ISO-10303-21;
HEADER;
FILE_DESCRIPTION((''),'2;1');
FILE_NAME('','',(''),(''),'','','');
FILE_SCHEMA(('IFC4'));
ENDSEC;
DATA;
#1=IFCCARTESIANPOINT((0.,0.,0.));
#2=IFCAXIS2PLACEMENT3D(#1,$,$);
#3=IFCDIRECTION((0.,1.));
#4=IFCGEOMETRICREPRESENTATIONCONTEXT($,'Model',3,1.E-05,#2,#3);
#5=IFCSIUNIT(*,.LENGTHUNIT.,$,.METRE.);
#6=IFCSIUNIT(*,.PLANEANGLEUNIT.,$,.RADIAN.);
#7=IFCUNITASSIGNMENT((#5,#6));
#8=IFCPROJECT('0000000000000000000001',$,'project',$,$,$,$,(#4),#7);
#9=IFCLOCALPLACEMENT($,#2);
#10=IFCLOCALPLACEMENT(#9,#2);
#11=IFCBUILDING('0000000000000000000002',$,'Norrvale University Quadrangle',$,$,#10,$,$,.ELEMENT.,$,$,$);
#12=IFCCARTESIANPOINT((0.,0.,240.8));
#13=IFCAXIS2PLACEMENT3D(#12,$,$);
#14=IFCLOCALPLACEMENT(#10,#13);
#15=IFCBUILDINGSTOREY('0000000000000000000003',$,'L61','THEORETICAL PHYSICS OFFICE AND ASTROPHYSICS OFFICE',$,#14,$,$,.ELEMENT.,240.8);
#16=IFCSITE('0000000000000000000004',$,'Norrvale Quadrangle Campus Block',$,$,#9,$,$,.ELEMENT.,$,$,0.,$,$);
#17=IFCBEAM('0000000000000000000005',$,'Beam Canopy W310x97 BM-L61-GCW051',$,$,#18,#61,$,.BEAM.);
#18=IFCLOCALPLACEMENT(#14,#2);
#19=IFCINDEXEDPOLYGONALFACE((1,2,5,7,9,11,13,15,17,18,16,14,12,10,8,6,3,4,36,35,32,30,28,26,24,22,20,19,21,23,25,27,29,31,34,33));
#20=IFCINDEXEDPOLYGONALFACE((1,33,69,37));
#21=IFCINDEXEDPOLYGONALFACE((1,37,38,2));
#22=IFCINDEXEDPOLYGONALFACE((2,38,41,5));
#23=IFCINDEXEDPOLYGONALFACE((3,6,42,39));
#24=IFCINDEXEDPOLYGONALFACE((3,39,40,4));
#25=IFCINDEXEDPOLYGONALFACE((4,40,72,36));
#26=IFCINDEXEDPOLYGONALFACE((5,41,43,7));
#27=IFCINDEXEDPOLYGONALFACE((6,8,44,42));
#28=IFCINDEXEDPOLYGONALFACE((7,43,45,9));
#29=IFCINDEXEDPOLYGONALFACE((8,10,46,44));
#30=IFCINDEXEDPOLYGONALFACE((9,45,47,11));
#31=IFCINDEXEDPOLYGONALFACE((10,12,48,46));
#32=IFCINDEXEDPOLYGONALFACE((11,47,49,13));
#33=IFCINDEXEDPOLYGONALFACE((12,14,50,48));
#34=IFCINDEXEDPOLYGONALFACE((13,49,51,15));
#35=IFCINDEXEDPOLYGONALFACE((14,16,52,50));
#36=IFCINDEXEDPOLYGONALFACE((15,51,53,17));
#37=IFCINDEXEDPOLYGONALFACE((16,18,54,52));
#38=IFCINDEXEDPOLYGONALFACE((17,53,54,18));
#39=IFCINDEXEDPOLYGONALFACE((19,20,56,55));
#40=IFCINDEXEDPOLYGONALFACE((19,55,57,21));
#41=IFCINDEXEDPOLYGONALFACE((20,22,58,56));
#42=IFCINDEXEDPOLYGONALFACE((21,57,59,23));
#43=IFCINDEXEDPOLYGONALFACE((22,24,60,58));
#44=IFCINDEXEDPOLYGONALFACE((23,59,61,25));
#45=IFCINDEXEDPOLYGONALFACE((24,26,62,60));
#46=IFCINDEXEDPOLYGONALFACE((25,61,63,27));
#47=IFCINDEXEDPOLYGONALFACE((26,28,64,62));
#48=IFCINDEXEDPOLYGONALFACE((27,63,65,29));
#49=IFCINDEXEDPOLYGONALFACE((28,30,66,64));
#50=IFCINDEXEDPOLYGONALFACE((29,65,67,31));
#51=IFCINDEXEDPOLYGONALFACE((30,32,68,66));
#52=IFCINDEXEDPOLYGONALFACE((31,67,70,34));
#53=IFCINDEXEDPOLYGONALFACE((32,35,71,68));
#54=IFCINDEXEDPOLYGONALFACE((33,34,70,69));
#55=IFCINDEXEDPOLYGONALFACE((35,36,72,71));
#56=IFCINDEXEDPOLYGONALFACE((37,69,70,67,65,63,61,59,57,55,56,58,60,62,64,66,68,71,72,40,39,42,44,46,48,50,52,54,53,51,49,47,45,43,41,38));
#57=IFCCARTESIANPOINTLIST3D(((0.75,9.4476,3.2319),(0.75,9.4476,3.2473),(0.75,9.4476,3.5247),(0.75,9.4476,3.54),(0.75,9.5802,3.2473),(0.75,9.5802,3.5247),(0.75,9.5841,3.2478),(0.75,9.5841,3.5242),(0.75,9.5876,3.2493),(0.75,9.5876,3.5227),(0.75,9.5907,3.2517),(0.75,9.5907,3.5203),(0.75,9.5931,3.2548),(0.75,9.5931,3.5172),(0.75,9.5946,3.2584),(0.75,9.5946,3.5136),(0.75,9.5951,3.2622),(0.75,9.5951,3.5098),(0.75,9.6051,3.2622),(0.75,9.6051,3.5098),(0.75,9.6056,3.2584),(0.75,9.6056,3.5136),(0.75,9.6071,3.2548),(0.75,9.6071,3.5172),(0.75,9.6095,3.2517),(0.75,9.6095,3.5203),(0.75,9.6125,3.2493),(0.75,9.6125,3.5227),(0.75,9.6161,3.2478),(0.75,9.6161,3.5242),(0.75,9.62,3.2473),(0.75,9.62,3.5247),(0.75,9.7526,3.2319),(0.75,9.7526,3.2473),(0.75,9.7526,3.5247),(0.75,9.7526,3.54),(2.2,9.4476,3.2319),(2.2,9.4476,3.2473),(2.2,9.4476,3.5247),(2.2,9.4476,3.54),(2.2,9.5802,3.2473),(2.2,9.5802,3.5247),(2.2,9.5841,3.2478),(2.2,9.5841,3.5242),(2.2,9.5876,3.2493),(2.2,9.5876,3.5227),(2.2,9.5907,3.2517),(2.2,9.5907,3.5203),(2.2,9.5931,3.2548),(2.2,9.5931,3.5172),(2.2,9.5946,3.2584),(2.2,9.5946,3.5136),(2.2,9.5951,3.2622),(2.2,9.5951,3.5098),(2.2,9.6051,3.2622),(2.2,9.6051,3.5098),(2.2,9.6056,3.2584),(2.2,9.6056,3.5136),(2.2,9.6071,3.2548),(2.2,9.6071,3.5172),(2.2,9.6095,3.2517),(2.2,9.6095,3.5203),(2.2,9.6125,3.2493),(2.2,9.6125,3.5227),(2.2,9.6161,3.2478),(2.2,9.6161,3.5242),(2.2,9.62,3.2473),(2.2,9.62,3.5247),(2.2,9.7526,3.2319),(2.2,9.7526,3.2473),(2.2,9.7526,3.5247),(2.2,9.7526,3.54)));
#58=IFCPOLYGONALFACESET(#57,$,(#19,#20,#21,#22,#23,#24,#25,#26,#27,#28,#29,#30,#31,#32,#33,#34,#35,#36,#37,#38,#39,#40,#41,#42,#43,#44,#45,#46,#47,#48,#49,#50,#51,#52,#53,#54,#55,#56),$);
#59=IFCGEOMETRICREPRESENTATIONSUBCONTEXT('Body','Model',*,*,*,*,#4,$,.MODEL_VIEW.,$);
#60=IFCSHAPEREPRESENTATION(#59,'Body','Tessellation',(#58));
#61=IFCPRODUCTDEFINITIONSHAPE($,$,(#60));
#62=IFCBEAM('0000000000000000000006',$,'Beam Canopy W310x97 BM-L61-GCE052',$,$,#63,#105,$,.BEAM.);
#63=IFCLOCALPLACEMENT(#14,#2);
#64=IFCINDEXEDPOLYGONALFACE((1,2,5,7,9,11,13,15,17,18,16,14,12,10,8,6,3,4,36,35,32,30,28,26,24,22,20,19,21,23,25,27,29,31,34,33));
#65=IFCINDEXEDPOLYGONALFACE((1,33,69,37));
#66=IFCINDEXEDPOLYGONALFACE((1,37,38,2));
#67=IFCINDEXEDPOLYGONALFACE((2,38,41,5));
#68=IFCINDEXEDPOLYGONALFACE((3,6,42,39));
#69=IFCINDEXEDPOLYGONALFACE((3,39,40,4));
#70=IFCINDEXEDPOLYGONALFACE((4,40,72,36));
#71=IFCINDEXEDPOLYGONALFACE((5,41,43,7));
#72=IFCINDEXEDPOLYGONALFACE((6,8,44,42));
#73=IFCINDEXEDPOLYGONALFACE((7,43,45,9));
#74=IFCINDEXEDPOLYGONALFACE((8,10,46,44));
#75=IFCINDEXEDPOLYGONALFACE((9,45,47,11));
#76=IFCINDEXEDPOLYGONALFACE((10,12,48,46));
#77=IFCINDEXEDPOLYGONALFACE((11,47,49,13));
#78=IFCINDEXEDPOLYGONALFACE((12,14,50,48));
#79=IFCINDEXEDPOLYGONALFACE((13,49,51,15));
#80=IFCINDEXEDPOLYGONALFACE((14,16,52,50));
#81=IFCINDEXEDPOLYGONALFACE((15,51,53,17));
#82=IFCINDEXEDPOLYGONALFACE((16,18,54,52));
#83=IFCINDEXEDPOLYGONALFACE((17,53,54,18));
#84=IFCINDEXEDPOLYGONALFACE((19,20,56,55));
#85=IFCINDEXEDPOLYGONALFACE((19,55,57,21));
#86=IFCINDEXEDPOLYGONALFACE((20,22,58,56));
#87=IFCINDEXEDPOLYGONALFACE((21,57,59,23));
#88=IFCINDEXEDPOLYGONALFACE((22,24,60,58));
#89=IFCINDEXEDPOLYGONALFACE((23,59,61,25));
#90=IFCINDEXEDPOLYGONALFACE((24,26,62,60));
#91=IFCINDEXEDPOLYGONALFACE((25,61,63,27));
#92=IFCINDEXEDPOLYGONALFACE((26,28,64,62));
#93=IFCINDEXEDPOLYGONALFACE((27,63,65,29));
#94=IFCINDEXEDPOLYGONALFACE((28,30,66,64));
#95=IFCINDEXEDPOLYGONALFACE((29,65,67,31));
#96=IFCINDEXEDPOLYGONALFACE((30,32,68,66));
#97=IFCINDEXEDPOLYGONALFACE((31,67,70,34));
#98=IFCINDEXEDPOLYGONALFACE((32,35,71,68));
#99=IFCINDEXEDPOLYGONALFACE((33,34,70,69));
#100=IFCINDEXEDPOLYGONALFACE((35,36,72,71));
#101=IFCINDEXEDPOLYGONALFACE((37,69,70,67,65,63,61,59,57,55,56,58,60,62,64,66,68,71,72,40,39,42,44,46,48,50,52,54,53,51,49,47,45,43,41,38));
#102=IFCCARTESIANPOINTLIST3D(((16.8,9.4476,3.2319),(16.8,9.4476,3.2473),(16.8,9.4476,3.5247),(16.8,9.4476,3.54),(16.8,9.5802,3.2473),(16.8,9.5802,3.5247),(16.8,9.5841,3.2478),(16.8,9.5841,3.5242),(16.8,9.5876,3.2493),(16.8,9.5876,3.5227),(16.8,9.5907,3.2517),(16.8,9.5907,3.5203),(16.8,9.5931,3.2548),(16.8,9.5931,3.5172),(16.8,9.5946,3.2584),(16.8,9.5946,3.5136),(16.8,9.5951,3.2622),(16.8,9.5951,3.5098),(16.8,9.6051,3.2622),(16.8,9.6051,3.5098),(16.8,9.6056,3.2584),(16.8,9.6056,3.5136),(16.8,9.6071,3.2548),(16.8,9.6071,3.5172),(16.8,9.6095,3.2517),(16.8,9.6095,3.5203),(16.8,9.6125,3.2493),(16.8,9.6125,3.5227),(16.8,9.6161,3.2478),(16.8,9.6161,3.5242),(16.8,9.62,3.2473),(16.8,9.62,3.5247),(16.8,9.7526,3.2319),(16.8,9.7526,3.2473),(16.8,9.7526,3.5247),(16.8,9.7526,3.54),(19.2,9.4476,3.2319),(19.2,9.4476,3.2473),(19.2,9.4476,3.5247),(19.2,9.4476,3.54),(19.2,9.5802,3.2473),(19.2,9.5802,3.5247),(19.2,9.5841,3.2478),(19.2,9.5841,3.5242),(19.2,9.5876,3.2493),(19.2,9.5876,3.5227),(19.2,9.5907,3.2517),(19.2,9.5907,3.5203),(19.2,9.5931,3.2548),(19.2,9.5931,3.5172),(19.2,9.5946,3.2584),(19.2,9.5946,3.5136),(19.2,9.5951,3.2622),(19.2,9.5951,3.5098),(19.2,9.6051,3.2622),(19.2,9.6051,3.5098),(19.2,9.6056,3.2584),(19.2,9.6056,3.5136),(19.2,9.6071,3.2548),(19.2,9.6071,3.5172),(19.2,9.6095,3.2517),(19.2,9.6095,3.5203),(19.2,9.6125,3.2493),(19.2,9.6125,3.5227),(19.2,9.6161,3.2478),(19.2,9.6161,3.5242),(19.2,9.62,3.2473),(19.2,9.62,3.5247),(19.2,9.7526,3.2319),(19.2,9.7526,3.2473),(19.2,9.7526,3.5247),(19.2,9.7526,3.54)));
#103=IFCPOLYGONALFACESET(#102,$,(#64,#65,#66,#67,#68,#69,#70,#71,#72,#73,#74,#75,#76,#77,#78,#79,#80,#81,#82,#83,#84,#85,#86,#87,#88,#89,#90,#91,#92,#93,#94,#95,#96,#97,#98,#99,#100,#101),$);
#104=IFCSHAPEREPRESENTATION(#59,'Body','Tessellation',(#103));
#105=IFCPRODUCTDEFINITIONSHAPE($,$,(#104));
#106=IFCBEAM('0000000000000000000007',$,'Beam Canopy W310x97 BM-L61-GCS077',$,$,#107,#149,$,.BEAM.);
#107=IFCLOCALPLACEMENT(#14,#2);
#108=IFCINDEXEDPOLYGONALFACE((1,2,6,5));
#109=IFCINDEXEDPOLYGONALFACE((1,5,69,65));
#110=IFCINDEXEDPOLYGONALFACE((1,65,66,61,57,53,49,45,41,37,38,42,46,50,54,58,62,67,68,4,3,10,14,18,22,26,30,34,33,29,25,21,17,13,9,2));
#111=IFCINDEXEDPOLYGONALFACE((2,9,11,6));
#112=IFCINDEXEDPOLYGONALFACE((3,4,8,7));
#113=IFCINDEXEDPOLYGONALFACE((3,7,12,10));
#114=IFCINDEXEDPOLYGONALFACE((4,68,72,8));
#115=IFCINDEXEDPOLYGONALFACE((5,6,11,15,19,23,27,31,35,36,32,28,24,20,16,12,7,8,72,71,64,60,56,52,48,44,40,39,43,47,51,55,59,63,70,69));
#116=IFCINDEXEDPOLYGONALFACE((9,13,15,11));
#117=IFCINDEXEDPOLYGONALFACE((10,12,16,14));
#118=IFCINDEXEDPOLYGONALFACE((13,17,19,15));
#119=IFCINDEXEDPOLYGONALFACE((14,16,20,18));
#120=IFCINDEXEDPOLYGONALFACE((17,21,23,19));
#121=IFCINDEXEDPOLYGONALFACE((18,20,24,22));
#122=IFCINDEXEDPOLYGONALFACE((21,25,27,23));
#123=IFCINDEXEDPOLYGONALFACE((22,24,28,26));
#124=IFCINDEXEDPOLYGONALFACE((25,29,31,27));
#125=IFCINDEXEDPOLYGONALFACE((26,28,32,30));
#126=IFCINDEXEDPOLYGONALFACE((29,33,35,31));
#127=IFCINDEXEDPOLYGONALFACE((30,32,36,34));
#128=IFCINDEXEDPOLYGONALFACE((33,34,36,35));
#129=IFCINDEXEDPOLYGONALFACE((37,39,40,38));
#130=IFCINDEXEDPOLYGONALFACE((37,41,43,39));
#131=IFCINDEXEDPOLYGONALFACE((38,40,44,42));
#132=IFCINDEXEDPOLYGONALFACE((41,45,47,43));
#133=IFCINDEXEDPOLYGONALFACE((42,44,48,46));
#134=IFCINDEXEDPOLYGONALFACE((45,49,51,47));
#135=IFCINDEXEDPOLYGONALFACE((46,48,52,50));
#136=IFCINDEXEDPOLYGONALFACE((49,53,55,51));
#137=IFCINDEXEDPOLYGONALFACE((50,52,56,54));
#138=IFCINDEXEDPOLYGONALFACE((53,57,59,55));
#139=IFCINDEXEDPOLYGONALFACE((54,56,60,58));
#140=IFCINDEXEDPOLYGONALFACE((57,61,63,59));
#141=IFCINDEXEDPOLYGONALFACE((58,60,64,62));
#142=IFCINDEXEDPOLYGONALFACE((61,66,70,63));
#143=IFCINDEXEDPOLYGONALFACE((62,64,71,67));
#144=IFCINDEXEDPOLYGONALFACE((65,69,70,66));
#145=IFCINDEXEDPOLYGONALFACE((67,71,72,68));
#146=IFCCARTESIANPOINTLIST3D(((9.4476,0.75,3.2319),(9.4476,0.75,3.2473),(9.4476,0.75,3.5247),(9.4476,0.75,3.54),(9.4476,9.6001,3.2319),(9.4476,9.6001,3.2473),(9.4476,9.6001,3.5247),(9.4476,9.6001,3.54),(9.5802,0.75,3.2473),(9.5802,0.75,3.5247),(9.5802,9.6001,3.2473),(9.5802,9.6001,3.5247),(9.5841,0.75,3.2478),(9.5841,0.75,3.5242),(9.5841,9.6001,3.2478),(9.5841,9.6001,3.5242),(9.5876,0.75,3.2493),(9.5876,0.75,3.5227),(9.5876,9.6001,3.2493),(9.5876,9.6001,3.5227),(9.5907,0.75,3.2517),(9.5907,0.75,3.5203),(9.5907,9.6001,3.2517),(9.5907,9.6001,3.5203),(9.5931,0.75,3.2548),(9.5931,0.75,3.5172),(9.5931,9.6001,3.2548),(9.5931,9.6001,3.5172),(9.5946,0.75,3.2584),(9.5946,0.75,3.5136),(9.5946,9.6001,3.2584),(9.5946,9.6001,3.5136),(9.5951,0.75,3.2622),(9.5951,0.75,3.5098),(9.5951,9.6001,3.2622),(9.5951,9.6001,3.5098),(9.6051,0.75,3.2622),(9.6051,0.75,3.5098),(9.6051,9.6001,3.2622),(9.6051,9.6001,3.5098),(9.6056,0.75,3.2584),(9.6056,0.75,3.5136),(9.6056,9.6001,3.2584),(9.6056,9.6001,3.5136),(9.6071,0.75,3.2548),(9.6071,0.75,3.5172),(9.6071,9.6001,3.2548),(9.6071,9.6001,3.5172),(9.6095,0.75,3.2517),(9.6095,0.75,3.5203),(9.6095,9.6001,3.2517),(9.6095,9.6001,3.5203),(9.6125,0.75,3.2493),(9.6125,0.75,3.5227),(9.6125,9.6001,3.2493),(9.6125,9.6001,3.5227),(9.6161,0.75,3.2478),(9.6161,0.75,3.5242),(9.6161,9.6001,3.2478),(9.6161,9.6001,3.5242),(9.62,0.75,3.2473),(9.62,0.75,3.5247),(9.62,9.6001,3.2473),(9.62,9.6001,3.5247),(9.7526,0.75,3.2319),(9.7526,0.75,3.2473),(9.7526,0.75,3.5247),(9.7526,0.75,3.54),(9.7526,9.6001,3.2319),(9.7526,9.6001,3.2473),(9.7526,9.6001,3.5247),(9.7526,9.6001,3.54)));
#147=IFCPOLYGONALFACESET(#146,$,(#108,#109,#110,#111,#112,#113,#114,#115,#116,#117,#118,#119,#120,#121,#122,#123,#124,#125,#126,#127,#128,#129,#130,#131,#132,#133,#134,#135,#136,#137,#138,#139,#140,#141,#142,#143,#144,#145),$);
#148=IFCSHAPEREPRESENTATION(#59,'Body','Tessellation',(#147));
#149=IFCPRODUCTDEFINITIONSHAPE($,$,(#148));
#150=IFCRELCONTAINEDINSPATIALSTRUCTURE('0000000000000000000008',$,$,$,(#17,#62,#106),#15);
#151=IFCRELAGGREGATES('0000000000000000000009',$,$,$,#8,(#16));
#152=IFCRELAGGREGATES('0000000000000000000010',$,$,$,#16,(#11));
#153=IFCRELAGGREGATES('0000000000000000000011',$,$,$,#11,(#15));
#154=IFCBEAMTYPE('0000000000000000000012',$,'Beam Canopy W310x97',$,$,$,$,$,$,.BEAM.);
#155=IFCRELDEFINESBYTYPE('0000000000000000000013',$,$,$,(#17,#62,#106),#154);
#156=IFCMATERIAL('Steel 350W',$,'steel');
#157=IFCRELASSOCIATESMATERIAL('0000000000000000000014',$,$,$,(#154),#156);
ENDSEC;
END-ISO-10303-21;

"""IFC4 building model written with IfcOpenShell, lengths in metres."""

from ifc_helpers import new_model, si_unit, direction, frame, origin, origin_2d, place, context, subcontext, project, spatial, i_section, extrude, material, material_profile, profile_set, type_object, element, save


model = new_model("IFC4")

# Units and contexts
model_context = context("Model", 3, precision=1e-05, world=origin(), true_north=direction((0.0, 1.0)))
body_context = subcontext(model_context, "Body", "Model", "MODEL_VIEW")
ifc_project = project(units=[si_unit("LENGTHUNIT", "METRE"), si_unit("PLANEANGLEUNIT", "RADIAN")], contexts=[model_context])

# Site, building, storey
site_placement = place(None, origin())
site = spatial("IfcSite", under=ifc_project, at=site_placement, Name="Norrvale Quadrangle Campus Block", CompositionType="ELEMENT", RefElevation=0.0)
building_placement = place(site_placement, origin())
building = spatial("IfcBuilding", under=site, at=building_placement, Name="Norrvale University Quadrangle", CompositionType="ELEMENT")
storey_placement = place(building_placement, frame((0.0, 0.0, 240.8)))
storey = spatial("IfcBuildingStorey", under=building, at=storey_placement, Name="L61", Description="THEORETICAL PHYSICS OFFICE AND ASTROPHYSICS OFFICE", CompositionType="ELEMENT", Elevation=240.8)

# Beams
ifc_material_1 = material(Name="Steel 350W", Category="steel")
ifc_material_profile_1 = material_profile(ifc_material_1, i_section(OverallWidth=0.3049, OverallDepth=0.3081, WebThickness=0.01, FlangeThickness=0.0154, FilletRadius=0.0149, at=origin_2d()), Name="Steel 350W")
ifc_profile_set_1 = profile_set([ifc_material_profile_1], Name="Steel 350W")
beam_type_1 = type_object("IfcBeamType", Name="Beam Canopy W310x97", PredefinedType="BEAM", material=ifc_profile_set_1)
beam_1_placement = place(storey_placement, frame((0.75, 9.6001, 3.386), z_axis=(1.0, 0.0, 0.0), x_axis=(0.0, 1.0, 0.0)))
element("IfcBeam", 1, at=beam_1_placement, inside=storey, type_object=beam_type_1, Name="Beam Canopy W310x97 BM-L61-GCW051", PredefinedType="BEAM", context=body_context, shape_type="SweptSolid", body=[
    extrude(i_section(OverallWidth=0.3049, OverallDepth=0.3081, WebThickness=0.01, FlangeThickness=0.0154, FilletRadius=0.0149, at=origin_2d()), origin(), (0.0, 0.0, 1.0), 1.45),
])
beam_2_placement = place(storey_placement, frame((16.8, 9.6001, 3.386), z_axis=(1.0, 0.0, 0.0), x_axis=(0.0, 1.0, 0.0)))
element("IfcBeam", 2, at=beam_2_placement, inside=storey, type_object=beam_type_1, Name="Beam Canopy W310x97 BM-L61-GCE052", PredefinedType="BEAM", context=body_context, shape_type="SweptSolid", body=[
    extrude(i_section(OverallWidth=0.3049, OverallDepth=0.3081, WebThickness=0.01, FlangeThickness=0.0154, FilletRadius=0.0149, at=origin_2d()), origin(), (0.0, 0.0, 1.0), 2.3999),
])
beam_3_placement = place(storey_placement, frame((9.6001, 0.75, 3.386), z_axis=(0.0, 1.0, 0.0), x_axis=(-1.0, 0.0, 0.0)))
element("IfcBeam", 3, at=beam_3_placement, inside=storey, type_object=beam_type_1, Name="Beam Canopy W310x97 BM-L61-GCS077", PredefinedType="BEAM", context=body_context, shape_type="SweptSolid", body=[
    extrude(i_section(OverallWidth=0.3049, OverallDepth=0.3081, WebThickness=0.01, FlangeThickness=0.0154, FilletRadius=0.0149, at=origin_2d()), origin(), (0.0, 0.0, 1.0), 8.8501),
])

save(model, "model.ifc")
